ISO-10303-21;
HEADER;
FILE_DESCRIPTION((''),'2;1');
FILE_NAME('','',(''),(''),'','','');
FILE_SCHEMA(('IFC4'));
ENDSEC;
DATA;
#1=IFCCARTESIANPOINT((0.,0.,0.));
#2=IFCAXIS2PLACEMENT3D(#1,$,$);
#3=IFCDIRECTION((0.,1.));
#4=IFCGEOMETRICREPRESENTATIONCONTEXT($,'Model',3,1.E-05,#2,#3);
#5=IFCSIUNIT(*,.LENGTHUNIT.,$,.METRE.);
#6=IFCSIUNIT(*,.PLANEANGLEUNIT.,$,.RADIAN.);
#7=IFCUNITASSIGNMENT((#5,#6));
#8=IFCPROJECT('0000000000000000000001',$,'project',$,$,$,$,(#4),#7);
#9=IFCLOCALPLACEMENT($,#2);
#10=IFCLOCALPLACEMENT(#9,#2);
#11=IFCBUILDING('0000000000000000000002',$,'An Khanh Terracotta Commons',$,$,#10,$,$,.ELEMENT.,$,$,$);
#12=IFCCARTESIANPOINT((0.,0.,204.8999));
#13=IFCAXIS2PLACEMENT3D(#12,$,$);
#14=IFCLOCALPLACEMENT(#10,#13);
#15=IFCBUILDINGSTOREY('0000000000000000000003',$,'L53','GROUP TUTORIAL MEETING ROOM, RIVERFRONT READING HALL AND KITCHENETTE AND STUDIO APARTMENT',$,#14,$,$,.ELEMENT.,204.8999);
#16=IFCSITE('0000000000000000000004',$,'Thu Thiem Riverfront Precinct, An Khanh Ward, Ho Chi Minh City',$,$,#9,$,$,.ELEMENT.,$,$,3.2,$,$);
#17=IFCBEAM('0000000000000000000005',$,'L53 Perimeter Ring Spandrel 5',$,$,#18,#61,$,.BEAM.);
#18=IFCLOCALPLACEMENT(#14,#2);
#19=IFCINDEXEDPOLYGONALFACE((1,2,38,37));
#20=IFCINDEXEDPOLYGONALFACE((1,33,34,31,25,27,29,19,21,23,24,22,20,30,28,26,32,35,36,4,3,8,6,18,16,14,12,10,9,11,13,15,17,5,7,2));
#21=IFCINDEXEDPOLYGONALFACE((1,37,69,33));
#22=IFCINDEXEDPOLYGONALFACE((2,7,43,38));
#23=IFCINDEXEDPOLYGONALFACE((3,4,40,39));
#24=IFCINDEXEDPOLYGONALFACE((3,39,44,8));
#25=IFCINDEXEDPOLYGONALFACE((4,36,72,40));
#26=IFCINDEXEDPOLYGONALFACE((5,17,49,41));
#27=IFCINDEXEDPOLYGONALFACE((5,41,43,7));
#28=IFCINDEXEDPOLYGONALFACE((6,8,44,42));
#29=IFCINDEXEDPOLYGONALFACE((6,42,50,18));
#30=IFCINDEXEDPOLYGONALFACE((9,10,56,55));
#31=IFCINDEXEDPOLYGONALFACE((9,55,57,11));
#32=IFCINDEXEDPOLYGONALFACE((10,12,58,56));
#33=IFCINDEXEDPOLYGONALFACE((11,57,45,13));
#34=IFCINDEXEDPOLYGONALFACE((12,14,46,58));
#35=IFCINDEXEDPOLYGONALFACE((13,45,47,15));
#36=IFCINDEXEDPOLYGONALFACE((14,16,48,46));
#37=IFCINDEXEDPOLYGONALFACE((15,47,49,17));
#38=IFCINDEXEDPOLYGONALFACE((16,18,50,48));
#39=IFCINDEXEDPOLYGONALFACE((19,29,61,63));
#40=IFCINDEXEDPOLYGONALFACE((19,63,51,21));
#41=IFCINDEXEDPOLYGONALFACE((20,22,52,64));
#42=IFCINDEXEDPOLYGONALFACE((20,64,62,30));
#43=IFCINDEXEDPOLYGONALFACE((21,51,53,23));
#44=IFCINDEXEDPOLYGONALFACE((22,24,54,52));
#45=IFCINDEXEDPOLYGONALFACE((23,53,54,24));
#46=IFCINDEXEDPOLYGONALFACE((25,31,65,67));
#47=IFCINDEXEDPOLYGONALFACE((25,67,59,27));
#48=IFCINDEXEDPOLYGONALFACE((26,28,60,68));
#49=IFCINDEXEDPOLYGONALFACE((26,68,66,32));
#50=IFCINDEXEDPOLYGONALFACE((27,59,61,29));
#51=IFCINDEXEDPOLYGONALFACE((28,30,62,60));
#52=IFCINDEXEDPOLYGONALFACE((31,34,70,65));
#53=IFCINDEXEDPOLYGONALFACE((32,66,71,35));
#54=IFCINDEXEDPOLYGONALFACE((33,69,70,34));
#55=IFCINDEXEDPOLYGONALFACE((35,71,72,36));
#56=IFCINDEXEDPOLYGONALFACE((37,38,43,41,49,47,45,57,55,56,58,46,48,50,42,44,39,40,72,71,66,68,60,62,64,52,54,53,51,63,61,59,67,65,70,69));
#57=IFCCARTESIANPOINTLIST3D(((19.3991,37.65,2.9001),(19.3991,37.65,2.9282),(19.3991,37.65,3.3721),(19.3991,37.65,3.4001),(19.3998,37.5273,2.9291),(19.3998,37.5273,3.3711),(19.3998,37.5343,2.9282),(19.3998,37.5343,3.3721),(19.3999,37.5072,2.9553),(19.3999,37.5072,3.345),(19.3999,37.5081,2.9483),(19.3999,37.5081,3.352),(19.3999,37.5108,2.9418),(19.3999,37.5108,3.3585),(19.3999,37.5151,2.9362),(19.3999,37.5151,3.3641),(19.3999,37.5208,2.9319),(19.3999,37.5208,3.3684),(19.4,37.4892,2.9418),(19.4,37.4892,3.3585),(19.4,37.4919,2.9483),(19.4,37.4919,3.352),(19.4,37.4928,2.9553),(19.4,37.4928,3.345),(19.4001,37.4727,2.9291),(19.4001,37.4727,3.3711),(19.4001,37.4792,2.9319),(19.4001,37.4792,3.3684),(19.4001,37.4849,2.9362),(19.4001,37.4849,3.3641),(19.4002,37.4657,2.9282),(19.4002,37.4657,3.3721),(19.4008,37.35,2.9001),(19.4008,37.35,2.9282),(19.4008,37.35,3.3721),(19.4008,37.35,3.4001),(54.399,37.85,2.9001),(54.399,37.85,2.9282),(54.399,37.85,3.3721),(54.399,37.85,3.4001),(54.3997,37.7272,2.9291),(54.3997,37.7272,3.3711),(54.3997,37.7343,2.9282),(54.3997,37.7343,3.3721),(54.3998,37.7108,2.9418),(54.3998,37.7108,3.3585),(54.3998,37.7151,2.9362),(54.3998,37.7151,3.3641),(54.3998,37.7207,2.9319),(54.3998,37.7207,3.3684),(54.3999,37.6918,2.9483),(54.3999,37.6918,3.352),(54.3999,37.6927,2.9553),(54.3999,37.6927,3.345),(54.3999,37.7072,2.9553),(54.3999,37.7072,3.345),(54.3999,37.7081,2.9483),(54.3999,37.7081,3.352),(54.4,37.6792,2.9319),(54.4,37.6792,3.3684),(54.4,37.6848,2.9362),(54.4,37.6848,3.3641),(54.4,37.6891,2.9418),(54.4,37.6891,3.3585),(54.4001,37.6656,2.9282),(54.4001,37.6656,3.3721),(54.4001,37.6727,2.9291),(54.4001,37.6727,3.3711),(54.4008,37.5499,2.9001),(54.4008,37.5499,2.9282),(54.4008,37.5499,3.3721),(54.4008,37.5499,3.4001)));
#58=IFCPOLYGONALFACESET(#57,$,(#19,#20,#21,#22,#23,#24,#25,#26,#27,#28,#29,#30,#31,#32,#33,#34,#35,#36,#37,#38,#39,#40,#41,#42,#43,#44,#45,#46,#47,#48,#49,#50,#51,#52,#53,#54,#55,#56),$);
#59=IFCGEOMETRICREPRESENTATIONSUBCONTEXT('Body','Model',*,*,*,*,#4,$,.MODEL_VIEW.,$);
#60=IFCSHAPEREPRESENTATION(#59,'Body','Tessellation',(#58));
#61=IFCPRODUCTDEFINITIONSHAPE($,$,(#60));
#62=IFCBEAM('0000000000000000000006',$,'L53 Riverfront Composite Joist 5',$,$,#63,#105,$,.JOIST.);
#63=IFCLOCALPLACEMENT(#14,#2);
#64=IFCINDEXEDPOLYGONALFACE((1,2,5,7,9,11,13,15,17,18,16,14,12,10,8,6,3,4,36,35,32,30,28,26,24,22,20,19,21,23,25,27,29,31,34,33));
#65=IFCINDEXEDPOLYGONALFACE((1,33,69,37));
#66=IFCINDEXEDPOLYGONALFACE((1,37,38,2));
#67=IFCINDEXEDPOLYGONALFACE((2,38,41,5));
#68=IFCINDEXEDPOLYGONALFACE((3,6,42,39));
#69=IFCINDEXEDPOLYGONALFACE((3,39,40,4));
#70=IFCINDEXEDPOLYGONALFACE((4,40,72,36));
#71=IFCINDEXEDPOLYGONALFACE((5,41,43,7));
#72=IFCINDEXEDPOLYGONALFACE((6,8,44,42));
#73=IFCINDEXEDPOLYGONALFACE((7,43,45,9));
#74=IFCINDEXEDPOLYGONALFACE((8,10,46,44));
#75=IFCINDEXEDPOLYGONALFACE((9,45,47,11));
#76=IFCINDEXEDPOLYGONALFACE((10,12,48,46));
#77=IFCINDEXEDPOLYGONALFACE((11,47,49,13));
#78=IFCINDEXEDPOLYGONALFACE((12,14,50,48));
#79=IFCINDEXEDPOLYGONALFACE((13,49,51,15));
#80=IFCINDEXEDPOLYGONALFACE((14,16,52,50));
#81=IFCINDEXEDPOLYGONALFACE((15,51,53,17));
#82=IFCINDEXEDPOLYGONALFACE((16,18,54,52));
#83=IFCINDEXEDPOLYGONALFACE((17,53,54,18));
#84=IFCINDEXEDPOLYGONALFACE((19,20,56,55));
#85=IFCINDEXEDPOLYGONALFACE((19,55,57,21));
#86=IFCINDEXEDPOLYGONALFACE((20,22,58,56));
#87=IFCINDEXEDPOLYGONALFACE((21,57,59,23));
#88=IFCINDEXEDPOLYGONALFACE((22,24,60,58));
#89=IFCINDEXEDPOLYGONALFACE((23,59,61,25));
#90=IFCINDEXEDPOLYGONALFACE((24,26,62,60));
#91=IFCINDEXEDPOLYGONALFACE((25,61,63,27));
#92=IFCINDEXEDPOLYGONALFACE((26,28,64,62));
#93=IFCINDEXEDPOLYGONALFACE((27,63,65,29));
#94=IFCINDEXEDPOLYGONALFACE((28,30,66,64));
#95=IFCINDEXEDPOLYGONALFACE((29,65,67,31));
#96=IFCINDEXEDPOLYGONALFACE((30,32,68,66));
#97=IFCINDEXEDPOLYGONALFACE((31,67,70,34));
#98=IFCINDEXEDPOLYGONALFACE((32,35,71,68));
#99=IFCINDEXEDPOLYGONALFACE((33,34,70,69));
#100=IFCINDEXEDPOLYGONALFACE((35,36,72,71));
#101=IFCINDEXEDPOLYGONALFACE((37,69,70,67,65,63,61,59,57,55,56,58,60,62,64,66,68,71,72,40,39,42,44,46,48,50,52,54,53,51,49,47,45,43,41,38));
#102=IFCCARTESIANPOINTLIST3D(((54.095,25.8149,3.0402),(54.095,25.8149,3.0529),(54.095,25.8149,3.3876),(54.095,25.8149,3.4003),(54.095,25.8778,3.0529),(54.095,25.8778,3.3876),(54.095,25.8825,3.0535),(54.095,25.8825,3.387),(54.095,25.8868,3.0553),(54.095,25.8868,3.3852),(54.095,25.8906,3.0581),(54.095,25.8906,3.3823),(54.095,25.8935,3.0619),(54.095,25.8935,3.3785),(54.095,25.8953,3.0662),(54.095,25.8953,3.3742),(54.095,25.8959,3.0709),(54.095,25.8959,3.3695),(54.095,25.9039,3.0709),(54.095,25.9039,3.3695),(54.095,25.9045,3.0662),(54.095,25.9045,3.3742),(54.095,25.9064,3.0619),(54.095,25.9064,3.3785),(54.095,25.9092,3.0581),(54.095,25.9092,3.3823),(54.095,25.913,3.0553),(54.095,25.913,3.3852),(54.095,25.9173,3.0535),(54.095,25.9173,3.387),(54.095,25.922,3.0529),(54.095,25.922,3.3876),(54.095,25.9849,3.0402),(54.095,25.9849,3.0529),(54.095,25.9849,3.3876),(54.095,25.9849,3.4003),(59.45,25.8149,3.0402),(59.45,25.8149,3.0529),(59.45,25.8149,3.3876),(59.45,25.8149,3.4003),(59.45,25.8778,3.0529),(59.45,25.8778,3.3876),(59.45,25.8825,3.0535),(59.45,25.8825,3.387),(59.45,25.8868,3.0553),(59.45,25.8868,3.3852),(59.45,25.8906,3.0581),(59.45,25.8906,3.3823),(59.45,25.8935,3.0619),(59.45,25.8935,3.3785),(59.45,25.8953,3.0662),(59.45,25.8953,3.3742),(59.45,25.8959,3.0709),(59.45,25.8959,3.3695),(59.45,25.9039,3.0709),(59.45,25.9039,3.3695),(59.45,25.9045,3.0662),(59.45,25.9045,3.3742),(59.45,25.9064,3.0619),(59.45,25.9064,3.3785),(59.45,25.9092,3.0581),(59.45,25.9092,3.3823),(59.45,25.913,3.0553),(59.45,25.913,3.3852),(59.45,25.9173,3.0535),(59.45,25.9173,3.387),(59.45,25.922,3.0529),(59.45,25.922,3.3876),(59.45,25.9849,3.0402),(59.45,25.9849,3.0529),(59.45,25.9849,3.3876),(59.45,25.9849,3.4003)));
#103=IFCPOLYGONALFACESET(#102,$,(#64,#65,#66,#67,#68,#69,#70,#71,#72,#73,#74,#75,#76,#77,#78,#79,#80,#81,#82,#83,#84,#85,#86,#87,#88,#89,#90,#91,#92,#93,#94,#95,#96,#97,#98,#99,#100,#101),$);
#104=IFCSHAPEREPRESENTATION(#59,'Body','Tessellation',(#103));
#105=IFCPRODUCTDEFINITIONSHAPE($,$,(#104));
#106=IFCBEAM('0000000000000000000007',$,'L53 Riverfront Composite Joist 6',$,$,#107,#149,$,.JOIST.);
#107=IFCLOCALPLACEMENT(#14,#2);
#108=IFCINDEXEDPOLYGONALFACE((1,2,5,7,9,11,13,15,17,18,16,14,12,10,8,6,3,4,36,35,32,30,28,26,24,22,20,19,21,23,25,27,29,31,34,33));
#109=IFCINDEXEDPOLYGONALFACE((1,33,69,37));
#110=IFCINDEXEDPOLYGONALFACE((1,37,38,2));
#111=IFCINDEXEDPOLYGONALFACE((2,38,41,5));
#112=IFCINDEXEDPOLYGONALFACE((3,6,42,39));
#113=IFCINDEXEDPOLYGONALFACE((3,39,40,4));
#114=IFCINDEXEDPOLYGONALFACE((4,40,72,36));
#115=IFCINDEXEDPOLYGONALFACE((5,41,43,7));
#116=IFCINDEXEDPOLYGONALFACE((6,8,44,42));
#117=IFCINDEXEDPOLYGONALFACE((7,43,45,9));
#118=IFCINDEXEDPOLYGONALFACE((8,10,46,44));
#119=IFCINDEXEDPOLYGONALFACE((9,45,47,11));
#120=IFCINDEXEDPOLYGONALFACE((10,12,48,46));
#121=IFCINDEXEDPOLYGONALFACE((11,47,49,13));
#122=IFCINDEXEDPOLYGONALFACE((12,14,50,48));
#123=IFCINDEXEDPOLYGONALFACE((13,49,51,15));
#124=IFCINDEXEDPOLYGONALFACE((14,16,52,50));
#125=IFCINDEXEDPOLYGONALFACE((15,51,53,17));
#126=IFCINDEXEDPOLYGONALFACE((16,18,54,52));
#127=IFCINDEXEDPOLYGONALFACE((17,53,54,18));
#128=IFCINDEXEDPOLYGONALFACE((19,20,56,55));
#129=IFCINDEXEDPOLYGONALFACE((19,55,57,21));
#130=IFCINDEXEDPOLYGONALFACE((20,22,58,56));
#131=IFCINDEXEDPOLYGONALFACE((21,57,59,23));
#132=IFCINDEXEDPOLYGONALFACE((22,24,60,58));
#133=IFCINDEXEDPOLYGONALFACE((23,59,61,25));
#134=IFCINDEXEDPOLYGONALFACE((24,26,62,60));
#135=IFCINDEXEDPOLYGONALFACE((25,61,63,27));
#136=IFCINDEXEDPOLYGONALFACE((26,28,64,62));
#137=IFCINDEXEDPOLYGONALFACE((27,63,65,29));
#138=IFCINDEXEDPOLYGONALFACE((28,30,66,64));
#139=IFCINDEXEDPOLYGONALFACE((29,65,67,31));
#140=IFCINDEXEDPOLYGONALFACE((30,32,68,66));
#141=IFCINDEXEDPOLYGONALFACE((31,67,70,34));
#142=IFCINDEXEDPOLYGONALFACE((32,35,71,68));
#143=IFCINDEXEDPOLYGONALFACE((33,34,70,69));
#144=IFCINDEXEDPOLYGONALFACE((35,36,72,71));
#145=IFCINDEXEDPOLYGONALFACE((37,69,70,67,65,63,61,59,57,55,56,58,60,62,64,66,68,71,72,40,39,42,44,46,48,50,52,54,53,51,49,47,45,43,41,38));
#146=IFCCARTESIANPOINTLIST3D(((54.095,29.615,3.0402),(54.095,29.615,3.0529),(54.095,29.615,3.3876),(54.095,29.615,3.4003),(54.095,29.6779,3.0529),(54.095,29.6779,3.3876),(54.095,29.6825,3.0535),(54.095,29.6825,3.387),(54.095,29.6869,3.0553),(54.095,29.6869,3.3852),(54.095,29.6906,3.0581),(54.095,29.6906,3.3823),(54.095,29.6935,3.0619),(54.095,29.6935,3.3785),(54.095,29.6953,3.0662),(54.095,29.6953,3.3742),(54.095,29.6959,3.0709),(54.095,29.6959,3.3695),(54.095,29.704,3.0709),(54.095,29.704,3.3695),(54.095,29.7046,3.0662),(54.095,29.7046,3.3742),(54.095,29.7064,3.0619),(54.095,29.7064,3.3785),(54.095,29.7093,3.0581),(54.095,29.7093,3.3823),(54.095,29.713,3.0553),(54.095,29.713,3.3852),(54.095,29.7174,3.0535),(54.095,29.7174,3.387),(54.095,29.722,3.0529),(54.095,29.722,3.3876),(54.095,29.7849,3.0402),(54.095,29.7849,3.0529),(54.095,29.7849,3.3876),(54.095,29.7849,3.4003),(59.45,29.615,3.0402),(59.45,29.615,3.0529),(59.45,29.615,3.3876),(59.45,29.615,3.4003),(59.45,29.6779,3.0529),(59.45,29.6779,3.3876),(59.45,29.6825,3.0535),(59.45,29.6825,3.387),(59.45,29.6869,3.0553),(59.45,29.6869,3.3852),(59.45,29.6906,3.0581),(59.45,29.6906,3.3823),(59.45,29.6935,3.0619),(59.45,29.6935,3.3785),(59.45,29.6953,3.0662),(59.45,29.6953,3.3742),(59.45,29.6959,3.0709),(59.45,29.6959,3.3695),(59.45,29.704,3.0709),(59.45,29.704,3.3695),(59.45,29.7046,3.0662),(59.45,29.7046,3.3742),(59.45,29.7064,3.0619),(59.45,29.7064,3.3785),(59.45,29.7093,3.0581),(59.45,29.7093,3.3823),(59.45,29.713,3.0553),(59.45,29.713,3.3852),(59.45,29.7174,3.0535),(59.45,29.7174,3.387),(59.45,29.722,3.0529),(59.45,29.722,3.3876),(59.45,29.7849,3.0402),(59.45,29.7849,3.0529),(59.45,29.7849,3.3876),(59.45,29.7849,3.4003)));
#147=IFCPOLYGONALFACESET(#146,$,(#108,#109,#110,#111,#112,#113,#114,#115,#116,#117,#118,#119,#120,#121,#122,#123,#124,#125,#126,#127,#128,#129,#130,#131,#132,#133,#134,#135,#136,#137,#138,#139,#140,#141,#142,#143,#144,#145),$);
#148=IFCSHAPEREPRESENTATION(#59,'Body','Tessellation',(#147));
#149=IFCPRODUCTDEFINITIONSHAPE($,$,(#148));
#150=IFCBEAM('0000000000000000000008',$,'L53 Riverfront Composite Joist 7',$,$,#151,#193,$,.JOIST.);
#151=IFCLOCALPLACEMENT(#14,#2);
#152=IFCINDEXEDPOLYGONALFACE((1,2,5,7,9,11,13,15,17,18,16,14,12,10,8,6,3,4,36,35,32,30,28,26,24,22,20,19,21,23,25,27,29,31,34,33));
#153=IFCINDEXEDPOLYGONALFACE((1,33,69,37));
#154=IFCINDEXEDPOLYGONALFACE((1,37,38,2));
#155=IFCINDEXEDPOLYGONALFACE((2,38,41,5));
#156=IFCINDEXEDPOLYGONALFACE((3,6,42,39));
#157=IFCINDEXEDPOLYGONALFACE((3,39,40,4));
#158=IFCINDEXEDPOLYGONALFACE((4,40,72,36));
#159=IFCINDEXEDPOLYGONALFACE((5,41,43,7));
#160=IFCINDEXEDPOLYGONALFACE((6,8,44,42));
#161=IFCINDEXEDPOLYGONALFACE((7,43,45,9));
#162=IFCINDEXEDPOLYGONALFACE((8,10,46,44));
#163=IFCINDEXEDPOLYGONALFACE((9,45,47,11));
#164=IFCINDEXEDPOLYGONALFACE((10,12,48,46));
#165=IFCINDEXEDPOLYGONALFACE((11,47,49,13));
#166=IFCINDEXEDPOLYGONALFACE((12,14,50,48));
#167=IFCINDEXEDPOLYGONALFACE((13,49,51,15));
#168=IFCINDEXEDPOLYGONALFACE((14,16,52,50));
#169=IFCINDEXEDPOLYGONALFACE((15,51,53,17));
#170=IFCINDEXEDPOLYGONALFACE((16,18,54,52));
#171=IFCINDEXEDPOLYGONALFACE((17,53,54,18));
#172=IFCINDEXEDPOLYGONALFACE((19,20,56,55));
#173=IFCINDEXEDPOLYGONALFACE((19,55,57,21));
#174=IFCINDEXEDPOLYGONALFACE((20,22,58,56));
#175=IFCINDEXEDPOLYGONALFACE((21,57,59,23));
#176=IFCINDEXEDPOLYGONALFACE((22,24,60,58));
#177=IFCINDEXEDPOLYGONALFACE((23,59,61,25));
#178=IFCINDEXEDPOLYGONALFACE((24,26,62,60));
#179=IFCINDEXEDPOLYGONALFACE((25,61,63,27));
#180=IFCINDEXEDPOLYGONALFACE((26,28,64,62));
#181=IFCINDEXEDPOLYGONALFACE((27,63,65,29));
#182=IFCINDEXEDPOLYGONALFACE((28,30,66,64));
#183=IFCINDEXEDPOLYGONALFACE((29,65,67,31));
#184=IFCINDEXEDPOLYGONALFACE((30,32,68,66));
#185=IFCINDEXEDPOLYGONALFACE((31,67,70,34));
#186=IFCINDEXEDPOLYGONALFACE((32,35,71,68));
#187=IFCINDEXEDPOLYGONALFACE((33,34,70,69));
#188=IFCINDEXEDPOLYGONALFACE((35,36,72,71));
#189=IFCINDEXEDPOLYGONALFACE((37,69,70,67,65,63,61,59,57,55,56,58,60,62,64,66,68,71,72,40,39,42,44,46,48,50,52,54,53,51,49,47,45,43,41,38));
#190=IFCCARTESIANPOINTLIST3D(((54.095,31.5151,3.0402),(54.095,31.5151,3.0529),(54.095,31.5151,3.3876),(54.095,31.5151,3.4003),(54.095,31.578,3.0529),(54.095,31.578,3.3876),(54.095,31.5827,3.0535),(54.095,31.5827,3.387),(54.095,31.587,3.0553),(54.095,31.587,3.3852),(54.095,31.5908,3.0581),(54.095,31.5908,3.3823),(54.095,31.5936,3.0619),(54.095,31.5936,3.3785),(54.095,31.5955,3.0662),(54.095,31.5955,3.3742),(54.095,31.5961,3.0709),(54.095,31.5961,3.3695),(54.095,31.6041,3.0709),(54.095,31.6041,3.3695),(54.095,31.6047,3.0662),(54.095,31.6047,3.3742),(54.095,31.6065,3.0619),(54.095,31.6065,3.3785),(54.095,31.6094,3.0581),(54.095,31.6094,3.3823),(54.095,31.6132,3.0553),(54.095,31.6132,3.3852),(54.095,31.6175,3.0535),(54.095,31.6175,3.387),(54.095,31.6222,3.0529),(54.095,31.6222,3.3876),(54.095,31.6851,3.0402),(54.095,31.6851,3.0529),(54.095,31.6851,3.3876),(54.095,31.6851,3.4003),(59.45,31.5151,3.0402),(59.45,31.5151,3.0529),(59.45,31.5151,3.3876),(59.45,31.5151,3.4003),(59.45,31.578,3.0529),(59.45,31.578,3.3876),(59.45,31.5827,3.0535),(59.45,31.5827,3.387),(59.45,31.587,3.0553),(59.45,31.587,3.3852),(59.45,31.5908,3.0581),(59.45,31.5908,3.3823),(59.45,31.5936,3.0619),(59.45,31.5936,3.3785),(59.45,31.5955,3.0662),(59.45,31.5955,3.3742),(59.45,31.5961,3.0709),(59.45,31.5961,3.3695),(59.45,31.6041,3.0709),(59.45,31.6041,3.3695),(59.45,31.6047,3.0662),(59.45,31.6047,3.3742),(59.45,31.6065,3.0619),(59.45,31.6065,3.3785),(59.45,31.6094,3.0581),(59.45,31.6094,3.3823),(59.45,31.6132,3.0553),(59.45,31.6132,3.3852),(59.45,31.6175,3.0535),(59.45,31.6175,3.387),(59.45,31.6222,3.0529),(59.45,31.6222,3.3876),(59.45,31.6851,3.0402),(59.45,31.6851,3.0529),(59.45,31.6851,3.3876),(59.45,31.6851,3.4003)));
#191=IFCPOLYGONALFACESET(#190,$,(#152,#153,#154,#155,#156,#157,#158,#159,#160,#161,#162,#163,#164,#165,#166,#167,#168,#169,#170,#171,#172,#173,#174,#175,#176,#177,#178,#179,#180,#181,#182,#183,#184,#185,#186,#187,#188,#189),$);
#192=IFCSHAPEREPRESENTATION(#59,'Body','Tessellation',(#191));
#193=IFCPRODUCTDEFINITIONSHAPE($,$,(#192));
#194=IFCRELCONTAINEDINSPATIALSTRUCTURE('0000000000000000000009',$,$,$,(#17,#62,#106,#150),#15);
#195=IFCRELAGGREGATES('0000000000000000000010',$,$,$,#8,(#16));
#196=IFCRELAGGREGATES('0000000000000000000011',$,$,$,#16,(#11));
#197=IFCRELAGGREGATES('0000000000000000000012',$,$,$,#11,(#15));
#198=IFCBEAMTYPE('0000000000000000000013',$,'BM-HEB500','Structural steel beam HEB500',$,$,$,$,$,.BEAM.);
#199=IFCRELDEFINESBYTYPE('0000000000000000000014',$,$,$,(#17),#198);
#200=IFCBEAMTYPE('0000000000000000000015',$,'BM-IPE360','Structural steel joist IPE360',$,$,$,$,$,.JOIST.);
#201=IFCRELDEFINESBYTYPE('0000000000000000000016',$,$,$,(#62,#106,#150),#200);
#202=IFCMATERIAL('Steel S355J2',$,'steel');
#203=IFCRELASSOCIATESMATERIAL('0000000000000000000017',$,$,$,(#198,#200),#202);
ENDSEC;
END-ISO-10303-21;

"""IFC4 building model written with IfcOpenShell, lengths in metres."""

from ifc_helpers import new_model, si_unit, direction, frame, origin, origin_2d, place, context, subcontext, project, spatial, i_section, extrude, material, material_profile, profile_set, type_object, element, save


model = new_model("IFC4")

# Units and contexts
model_context = context("Model", 3, precision=1e-05, world=origin(), true_north=direction((0.0, 1.0)))
body_context = subcontext(model_context, "Body", "Model", "MODEL_VIEW")
ifc_project = project(units=[si_unit("LENGTHUNIT", "METRE"), si_unit("PLANEANGLEUNIT", "RADIAN")], contexts=[model_context])

# Site, building, storey
site_placement = place(None, origin())
site = spatial("IfcSite", under=ifc_project, at=site_placement, Name="Thu Thiem Riverfront Precinct, An Khanh Ward, Ho Chi Minh City", CompositionType="ELEMENT", RefElevation=3.2)
building_placement = place(site_placement, origin())
building = spatial("IfcBuilding", under=site, at=building_placement, Name="An Khanh Terracotta Commons", CompositionType="ELEMENT")
storey_placement = place(building_placement, frame((0.0, 0.0, 204.8999)))
storey = spatial("IfcBuildingStorey", under=building, at=storey_placement, Name="L53", Description="GROUP TUTORIAL MEETING ROOM, RIVERFRONT READING HALL AND KITCHENETTE AND STUDIO APARTMENT", CompositionType="ELEMENT", Elevation=204.8999)

# Beams
ifc_material_1 = material(Name="Steel S355J2", Category="steel")
ifc_material_profile_1 = material_profile(ifc_material_1, i_section(OverallWidth=0.3, OverallDepth=0.5, WebThickness=0.0144, FlangeThickness=0.0281, FilletRadius=0.0271, at=origin_2d()), Name="HEB500")
ifc_profile_set_1 = profile_set([ifc_material_profile_1], Name="Steel S355J2")
beam_type_1 = type_object("IfcBeamType", Name="BM-HEB500", Description="Structural steel beam HEB500", PredefinedType="BEAM", material=ifc_profile_set_1)
beam_1_placement = place(storey_placement, frame((54.3999, 37.7, 3.1501), z_axis=(-0.999984, -0.005713, 0.0), x_axis=(0.005713, -0.999984, 0.0)))
element("IfcBeam", 1, at=beam_1_placement, inside=storey, type_object=beam_type_1, Name="L53 Perimeter Ring Spandrel 5", PredefinedType="BEAM", context=body_context, shape_type="SweptSolid", body=[
    extrude(i_section(OverallWidth=0.3, OverallDepth=0.5, WebThickness=0.0144, FlangeThickness=0.0281, FilletRadius=0.0271, at=origin_2d()), origin(), (0.0, 0.0, 1.0), 35.0005),
])
ifc_material_profile_2 = material_profile(ifc_material_1, i_section(OverallWidth=0.1699, OverallDepth=0.3601, WebThickness=0.0081, FlangeThickness=0.0127, FilletRadius=0.0181, at=origin_2d()), Name="IPE360")
ifc_profile_set_2 = profile_set([ifc_material_profile_2], Name="Steel S355J2")
beam_type_2 = type_object("IfcBeamType", Name="BM-IPE360", Description="Structural steel joist IPE360", PredefinedType="JOIST", material=ifc_profile_set_2)
for number, where, z_axis, x_axis, name in (
    (2, (54.095, 25.8999, 3.2202), (1.0, 0.0, 0.0), (0.0, 1.0, 0.0), "L53 Riverfront Composite Joist 5"),
    (3, (54.095, 29.7, 3.2202), (1.0, 0.0, 0.0), (0.0, 1.0, 0.0), "L53 Riverfront Composite Joist 6"),
    (4, (54.095, 31.6001, 3.2202), (1.0, 0.0, 0.0), (0.0, 1.0, 0.0), "L53 Riverfront Composite Joist 7"),
):
    element("IfcBeam", number, at=place(storey_placement, frame(where, z_axis=z_axis, x_axis=x_axis)), inside=storey, type_object=beam_type_2, Name=name, PredefinedType="JOIST", context=body_context, shape_type="SweptSolid", body=[
        extrude(i_section(OverallWidth=0.1699, OverallDepth=0.3601, WebThickness=0.0081, FlangeThickness=0.0127, FilletRadius=0.0181, at=origin_2d()), origin(), (0.0, 0.0, 1.0), 5.355),
    ])

save(model, "model.ifc")
